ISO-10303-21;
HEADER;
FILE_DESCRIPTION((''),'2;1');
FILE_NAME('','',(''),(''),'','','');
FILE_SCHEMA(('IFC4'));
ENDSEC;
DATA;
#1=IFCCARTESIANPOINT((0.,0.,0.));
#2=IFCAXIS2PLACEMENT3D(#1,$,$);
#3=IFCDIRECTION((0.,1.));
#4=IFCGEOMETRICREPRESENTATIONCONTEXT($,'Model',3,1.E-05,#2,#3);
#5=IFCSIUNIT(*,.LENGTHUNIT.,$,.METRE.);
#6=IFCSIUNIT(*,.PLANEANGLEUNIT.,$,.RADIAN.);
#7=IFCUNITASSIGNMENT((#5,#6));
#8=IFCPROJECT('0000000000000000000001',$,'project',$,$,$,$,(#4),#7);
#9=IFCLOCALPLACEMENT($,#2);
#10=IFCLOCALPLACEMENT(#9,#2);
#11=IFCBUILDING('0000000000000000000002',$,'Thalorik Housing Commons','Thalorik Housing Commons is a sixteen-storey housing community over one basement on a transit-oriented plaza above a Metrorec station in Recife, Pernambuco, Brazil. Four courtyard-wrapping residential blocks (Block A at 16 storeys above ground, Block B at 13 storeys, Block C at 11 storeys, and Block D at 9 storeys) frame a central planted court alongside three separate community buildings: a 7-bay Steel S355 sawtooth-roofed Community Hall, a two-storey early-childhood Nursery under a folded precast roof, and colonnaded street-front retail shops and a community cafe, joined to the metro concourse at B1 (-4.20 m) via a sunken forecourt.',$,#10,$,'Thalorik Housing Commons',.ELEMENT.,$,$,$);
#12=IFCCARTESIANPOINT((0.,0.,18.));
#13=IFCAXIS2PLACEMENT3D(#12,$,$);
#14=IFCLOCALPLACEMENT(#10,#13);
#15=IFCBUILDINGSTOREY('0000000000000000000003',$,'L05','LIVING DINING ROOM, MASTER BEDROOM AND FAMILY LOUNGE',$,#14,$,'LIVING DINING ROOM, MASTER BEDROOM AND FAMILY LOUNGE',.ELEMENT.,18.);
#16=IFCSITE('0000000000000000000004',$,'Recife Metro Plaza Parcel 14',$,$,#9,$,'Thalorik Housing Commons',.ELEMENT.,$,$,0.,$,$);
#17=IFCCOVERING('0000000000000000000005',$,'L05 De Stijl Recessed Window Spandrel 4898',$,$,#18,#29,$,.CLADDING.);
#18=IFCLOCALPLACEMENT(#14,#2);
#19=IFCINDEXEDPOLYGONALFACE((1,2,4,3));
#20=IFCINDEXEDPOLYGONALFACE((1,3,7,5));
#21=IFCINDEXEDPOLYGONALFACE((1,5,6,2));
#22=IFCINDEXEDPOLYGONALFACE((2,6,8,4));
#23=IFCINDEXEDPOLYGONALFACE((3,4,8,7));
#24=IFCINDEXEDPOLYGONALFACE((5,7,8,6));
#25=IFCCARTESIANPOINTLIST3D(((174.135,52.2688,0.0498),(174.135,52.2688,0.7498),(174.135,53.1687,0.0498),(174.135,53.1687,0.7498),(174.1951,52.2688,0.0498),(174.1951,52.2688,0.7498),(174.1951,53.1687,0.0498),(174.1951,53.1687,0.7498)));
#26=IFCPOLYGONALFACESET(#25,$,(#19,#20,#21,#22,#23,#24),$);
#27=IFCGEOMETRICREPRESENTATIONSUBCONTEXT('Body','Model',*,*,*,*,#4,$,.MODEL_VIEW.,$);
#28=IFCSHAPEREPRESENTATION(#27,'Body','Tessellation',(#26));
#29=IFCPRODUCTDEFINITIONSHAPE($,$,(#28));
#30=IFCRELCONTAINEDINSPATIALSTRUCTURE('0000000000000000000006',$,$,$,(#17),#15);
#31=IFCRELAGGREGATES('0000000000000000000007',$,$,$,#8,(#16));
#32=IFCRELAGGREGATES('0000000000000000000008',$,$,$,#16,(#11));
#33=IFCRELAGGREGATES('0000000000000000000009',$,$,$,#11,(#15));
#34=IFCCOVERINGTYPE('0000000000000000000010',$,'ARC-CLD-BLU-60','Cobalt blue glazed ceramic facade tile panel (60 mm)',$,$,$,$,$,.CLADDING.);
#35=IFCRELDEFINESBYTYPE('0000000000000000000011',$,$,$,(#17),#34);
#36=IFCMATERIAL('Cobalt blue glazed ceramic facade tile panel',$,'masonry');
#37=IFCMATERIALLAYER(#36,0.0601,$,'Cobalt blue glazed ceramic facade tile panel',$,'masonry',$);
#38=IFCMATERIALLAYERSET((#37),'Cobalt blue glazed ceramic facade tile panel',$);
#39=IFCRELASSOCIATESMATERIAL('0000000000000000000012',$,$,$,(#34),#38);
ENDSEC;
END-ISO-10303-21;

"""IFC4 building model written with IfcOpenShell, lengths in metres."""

from ifc_helpers import new_model, si_unit, direction, frame, origin, origin_2d, place, context, subcontext, project, spatial, rectangle, extrude, material, layer, layer_set, type_object, element, save


model = new_model("IFC4")

# Units and contexts
model_context = context("Model", 3, precision=1e-05, world=origin(), true_north=direction((0.0, 1.0)))
body_context = subcontext(model_context, "Body", "Model", "MODEL_VIEW")
ifc_project = project(units=[si_unit("LENGTHUNIT", "METRE"), si_unit("PLANEANGLEUNIT", "RADIAN")], contexts=[model_context])

# Site, building, storey
site_placement = place(None, origin())
site = spatial("IfcSite", under=ifc_project, at=site_placement, Name="Recife Metro Plaza Parcel 14", LongName="Thalorik Housing Commons", CompositionType="ELEMENT", RefElevation=0.0)
building_placement = place(site_placement, origin())
building = spatial("IfcBuilding", under=site, at=building_placement, Name="Thalorik Housing Commons", Description="Thalorik Housing Commons is a sixteen-storey housing community over one basement on a transit-oriented plaza above a Metrorec station in Recife, Pernambuco, Brazil. Four courtyard-wrapping residential blocks (Block A at 16 storeys above ground, Block B at 13 storeys, Block C at 11 storeys, and Block D at 9 storeys) frame a central planted court alongside three separate community buildings: a 7-bay Steel S355 sawtooth-roofed Community Hall, a two-storey early-childhood Nursery under a folded precast roof, and colonnaded street-front retail shops and a community cafe, joined to the metro concourse at B1 (-4.20 m) via a sunken forecourt.", LongName="Thalorik Housing Commons", CompositionType="ELEMENT")
storey_placement = place(building_placement, frame((0.0, 0.0, 18.0)))
storey = spatial("IfcBuildingStorey", under=building, at=storey_placement, Name="L05", Description="LIVING DINING ROOM, MASTER BEDROOM AND FAMILY LOUNGE", LongName="LIVING DINING ROOM, MASTER BEDROOM AND FAMILY LOUNGE", CompositionType="ELEMENT", Elevation=18.0)

# Covering
ifc_material_1 = material(Name="Cobalt blue glazed ceramic facade tile panel", Category="masonry")
ifc_layer_1 = layer(ifc_material_1, 0.0601, Name="Cobalt blue glazed ceramic facade tile panel", Category="masonry")
ifc_layer_set_1 = layer_set([ifc_layer_1], Name="Cobalt blue glazed ceramic facade tile panel")
covering_type_1 = type_object("IfcCoveringType", Name="ARC-CLD-BLU-60", Description="Cobalt blue glazed ceramic facade tile panel (60 mm)", PredefinedType="CLADDING", material=ifc_layer_set_1)
covering_1_placement = place(storey_placement, frame((174.165, 52.7188, 0.0498), z_axis=(0.0, 0.0, 1.0), x_axis=(0.0, 1.0, 0.0)))
element("IfcCovering", 1, at=covering_1_placement, inside=storey, type_object=covering_type_1, Name="L05 De Stijl Recessed Window Spandrel 4898", PredefinedType="CLADDING", context=body_context, shape_type="SweptSolid", body=[
    extrude(rectangle(XDim=0.8999, YDim=0.0601, at=origin_2d()), origin(), (0.0, 0.0, 1.0), 0.7),
])

save(model, "model.ifc")
